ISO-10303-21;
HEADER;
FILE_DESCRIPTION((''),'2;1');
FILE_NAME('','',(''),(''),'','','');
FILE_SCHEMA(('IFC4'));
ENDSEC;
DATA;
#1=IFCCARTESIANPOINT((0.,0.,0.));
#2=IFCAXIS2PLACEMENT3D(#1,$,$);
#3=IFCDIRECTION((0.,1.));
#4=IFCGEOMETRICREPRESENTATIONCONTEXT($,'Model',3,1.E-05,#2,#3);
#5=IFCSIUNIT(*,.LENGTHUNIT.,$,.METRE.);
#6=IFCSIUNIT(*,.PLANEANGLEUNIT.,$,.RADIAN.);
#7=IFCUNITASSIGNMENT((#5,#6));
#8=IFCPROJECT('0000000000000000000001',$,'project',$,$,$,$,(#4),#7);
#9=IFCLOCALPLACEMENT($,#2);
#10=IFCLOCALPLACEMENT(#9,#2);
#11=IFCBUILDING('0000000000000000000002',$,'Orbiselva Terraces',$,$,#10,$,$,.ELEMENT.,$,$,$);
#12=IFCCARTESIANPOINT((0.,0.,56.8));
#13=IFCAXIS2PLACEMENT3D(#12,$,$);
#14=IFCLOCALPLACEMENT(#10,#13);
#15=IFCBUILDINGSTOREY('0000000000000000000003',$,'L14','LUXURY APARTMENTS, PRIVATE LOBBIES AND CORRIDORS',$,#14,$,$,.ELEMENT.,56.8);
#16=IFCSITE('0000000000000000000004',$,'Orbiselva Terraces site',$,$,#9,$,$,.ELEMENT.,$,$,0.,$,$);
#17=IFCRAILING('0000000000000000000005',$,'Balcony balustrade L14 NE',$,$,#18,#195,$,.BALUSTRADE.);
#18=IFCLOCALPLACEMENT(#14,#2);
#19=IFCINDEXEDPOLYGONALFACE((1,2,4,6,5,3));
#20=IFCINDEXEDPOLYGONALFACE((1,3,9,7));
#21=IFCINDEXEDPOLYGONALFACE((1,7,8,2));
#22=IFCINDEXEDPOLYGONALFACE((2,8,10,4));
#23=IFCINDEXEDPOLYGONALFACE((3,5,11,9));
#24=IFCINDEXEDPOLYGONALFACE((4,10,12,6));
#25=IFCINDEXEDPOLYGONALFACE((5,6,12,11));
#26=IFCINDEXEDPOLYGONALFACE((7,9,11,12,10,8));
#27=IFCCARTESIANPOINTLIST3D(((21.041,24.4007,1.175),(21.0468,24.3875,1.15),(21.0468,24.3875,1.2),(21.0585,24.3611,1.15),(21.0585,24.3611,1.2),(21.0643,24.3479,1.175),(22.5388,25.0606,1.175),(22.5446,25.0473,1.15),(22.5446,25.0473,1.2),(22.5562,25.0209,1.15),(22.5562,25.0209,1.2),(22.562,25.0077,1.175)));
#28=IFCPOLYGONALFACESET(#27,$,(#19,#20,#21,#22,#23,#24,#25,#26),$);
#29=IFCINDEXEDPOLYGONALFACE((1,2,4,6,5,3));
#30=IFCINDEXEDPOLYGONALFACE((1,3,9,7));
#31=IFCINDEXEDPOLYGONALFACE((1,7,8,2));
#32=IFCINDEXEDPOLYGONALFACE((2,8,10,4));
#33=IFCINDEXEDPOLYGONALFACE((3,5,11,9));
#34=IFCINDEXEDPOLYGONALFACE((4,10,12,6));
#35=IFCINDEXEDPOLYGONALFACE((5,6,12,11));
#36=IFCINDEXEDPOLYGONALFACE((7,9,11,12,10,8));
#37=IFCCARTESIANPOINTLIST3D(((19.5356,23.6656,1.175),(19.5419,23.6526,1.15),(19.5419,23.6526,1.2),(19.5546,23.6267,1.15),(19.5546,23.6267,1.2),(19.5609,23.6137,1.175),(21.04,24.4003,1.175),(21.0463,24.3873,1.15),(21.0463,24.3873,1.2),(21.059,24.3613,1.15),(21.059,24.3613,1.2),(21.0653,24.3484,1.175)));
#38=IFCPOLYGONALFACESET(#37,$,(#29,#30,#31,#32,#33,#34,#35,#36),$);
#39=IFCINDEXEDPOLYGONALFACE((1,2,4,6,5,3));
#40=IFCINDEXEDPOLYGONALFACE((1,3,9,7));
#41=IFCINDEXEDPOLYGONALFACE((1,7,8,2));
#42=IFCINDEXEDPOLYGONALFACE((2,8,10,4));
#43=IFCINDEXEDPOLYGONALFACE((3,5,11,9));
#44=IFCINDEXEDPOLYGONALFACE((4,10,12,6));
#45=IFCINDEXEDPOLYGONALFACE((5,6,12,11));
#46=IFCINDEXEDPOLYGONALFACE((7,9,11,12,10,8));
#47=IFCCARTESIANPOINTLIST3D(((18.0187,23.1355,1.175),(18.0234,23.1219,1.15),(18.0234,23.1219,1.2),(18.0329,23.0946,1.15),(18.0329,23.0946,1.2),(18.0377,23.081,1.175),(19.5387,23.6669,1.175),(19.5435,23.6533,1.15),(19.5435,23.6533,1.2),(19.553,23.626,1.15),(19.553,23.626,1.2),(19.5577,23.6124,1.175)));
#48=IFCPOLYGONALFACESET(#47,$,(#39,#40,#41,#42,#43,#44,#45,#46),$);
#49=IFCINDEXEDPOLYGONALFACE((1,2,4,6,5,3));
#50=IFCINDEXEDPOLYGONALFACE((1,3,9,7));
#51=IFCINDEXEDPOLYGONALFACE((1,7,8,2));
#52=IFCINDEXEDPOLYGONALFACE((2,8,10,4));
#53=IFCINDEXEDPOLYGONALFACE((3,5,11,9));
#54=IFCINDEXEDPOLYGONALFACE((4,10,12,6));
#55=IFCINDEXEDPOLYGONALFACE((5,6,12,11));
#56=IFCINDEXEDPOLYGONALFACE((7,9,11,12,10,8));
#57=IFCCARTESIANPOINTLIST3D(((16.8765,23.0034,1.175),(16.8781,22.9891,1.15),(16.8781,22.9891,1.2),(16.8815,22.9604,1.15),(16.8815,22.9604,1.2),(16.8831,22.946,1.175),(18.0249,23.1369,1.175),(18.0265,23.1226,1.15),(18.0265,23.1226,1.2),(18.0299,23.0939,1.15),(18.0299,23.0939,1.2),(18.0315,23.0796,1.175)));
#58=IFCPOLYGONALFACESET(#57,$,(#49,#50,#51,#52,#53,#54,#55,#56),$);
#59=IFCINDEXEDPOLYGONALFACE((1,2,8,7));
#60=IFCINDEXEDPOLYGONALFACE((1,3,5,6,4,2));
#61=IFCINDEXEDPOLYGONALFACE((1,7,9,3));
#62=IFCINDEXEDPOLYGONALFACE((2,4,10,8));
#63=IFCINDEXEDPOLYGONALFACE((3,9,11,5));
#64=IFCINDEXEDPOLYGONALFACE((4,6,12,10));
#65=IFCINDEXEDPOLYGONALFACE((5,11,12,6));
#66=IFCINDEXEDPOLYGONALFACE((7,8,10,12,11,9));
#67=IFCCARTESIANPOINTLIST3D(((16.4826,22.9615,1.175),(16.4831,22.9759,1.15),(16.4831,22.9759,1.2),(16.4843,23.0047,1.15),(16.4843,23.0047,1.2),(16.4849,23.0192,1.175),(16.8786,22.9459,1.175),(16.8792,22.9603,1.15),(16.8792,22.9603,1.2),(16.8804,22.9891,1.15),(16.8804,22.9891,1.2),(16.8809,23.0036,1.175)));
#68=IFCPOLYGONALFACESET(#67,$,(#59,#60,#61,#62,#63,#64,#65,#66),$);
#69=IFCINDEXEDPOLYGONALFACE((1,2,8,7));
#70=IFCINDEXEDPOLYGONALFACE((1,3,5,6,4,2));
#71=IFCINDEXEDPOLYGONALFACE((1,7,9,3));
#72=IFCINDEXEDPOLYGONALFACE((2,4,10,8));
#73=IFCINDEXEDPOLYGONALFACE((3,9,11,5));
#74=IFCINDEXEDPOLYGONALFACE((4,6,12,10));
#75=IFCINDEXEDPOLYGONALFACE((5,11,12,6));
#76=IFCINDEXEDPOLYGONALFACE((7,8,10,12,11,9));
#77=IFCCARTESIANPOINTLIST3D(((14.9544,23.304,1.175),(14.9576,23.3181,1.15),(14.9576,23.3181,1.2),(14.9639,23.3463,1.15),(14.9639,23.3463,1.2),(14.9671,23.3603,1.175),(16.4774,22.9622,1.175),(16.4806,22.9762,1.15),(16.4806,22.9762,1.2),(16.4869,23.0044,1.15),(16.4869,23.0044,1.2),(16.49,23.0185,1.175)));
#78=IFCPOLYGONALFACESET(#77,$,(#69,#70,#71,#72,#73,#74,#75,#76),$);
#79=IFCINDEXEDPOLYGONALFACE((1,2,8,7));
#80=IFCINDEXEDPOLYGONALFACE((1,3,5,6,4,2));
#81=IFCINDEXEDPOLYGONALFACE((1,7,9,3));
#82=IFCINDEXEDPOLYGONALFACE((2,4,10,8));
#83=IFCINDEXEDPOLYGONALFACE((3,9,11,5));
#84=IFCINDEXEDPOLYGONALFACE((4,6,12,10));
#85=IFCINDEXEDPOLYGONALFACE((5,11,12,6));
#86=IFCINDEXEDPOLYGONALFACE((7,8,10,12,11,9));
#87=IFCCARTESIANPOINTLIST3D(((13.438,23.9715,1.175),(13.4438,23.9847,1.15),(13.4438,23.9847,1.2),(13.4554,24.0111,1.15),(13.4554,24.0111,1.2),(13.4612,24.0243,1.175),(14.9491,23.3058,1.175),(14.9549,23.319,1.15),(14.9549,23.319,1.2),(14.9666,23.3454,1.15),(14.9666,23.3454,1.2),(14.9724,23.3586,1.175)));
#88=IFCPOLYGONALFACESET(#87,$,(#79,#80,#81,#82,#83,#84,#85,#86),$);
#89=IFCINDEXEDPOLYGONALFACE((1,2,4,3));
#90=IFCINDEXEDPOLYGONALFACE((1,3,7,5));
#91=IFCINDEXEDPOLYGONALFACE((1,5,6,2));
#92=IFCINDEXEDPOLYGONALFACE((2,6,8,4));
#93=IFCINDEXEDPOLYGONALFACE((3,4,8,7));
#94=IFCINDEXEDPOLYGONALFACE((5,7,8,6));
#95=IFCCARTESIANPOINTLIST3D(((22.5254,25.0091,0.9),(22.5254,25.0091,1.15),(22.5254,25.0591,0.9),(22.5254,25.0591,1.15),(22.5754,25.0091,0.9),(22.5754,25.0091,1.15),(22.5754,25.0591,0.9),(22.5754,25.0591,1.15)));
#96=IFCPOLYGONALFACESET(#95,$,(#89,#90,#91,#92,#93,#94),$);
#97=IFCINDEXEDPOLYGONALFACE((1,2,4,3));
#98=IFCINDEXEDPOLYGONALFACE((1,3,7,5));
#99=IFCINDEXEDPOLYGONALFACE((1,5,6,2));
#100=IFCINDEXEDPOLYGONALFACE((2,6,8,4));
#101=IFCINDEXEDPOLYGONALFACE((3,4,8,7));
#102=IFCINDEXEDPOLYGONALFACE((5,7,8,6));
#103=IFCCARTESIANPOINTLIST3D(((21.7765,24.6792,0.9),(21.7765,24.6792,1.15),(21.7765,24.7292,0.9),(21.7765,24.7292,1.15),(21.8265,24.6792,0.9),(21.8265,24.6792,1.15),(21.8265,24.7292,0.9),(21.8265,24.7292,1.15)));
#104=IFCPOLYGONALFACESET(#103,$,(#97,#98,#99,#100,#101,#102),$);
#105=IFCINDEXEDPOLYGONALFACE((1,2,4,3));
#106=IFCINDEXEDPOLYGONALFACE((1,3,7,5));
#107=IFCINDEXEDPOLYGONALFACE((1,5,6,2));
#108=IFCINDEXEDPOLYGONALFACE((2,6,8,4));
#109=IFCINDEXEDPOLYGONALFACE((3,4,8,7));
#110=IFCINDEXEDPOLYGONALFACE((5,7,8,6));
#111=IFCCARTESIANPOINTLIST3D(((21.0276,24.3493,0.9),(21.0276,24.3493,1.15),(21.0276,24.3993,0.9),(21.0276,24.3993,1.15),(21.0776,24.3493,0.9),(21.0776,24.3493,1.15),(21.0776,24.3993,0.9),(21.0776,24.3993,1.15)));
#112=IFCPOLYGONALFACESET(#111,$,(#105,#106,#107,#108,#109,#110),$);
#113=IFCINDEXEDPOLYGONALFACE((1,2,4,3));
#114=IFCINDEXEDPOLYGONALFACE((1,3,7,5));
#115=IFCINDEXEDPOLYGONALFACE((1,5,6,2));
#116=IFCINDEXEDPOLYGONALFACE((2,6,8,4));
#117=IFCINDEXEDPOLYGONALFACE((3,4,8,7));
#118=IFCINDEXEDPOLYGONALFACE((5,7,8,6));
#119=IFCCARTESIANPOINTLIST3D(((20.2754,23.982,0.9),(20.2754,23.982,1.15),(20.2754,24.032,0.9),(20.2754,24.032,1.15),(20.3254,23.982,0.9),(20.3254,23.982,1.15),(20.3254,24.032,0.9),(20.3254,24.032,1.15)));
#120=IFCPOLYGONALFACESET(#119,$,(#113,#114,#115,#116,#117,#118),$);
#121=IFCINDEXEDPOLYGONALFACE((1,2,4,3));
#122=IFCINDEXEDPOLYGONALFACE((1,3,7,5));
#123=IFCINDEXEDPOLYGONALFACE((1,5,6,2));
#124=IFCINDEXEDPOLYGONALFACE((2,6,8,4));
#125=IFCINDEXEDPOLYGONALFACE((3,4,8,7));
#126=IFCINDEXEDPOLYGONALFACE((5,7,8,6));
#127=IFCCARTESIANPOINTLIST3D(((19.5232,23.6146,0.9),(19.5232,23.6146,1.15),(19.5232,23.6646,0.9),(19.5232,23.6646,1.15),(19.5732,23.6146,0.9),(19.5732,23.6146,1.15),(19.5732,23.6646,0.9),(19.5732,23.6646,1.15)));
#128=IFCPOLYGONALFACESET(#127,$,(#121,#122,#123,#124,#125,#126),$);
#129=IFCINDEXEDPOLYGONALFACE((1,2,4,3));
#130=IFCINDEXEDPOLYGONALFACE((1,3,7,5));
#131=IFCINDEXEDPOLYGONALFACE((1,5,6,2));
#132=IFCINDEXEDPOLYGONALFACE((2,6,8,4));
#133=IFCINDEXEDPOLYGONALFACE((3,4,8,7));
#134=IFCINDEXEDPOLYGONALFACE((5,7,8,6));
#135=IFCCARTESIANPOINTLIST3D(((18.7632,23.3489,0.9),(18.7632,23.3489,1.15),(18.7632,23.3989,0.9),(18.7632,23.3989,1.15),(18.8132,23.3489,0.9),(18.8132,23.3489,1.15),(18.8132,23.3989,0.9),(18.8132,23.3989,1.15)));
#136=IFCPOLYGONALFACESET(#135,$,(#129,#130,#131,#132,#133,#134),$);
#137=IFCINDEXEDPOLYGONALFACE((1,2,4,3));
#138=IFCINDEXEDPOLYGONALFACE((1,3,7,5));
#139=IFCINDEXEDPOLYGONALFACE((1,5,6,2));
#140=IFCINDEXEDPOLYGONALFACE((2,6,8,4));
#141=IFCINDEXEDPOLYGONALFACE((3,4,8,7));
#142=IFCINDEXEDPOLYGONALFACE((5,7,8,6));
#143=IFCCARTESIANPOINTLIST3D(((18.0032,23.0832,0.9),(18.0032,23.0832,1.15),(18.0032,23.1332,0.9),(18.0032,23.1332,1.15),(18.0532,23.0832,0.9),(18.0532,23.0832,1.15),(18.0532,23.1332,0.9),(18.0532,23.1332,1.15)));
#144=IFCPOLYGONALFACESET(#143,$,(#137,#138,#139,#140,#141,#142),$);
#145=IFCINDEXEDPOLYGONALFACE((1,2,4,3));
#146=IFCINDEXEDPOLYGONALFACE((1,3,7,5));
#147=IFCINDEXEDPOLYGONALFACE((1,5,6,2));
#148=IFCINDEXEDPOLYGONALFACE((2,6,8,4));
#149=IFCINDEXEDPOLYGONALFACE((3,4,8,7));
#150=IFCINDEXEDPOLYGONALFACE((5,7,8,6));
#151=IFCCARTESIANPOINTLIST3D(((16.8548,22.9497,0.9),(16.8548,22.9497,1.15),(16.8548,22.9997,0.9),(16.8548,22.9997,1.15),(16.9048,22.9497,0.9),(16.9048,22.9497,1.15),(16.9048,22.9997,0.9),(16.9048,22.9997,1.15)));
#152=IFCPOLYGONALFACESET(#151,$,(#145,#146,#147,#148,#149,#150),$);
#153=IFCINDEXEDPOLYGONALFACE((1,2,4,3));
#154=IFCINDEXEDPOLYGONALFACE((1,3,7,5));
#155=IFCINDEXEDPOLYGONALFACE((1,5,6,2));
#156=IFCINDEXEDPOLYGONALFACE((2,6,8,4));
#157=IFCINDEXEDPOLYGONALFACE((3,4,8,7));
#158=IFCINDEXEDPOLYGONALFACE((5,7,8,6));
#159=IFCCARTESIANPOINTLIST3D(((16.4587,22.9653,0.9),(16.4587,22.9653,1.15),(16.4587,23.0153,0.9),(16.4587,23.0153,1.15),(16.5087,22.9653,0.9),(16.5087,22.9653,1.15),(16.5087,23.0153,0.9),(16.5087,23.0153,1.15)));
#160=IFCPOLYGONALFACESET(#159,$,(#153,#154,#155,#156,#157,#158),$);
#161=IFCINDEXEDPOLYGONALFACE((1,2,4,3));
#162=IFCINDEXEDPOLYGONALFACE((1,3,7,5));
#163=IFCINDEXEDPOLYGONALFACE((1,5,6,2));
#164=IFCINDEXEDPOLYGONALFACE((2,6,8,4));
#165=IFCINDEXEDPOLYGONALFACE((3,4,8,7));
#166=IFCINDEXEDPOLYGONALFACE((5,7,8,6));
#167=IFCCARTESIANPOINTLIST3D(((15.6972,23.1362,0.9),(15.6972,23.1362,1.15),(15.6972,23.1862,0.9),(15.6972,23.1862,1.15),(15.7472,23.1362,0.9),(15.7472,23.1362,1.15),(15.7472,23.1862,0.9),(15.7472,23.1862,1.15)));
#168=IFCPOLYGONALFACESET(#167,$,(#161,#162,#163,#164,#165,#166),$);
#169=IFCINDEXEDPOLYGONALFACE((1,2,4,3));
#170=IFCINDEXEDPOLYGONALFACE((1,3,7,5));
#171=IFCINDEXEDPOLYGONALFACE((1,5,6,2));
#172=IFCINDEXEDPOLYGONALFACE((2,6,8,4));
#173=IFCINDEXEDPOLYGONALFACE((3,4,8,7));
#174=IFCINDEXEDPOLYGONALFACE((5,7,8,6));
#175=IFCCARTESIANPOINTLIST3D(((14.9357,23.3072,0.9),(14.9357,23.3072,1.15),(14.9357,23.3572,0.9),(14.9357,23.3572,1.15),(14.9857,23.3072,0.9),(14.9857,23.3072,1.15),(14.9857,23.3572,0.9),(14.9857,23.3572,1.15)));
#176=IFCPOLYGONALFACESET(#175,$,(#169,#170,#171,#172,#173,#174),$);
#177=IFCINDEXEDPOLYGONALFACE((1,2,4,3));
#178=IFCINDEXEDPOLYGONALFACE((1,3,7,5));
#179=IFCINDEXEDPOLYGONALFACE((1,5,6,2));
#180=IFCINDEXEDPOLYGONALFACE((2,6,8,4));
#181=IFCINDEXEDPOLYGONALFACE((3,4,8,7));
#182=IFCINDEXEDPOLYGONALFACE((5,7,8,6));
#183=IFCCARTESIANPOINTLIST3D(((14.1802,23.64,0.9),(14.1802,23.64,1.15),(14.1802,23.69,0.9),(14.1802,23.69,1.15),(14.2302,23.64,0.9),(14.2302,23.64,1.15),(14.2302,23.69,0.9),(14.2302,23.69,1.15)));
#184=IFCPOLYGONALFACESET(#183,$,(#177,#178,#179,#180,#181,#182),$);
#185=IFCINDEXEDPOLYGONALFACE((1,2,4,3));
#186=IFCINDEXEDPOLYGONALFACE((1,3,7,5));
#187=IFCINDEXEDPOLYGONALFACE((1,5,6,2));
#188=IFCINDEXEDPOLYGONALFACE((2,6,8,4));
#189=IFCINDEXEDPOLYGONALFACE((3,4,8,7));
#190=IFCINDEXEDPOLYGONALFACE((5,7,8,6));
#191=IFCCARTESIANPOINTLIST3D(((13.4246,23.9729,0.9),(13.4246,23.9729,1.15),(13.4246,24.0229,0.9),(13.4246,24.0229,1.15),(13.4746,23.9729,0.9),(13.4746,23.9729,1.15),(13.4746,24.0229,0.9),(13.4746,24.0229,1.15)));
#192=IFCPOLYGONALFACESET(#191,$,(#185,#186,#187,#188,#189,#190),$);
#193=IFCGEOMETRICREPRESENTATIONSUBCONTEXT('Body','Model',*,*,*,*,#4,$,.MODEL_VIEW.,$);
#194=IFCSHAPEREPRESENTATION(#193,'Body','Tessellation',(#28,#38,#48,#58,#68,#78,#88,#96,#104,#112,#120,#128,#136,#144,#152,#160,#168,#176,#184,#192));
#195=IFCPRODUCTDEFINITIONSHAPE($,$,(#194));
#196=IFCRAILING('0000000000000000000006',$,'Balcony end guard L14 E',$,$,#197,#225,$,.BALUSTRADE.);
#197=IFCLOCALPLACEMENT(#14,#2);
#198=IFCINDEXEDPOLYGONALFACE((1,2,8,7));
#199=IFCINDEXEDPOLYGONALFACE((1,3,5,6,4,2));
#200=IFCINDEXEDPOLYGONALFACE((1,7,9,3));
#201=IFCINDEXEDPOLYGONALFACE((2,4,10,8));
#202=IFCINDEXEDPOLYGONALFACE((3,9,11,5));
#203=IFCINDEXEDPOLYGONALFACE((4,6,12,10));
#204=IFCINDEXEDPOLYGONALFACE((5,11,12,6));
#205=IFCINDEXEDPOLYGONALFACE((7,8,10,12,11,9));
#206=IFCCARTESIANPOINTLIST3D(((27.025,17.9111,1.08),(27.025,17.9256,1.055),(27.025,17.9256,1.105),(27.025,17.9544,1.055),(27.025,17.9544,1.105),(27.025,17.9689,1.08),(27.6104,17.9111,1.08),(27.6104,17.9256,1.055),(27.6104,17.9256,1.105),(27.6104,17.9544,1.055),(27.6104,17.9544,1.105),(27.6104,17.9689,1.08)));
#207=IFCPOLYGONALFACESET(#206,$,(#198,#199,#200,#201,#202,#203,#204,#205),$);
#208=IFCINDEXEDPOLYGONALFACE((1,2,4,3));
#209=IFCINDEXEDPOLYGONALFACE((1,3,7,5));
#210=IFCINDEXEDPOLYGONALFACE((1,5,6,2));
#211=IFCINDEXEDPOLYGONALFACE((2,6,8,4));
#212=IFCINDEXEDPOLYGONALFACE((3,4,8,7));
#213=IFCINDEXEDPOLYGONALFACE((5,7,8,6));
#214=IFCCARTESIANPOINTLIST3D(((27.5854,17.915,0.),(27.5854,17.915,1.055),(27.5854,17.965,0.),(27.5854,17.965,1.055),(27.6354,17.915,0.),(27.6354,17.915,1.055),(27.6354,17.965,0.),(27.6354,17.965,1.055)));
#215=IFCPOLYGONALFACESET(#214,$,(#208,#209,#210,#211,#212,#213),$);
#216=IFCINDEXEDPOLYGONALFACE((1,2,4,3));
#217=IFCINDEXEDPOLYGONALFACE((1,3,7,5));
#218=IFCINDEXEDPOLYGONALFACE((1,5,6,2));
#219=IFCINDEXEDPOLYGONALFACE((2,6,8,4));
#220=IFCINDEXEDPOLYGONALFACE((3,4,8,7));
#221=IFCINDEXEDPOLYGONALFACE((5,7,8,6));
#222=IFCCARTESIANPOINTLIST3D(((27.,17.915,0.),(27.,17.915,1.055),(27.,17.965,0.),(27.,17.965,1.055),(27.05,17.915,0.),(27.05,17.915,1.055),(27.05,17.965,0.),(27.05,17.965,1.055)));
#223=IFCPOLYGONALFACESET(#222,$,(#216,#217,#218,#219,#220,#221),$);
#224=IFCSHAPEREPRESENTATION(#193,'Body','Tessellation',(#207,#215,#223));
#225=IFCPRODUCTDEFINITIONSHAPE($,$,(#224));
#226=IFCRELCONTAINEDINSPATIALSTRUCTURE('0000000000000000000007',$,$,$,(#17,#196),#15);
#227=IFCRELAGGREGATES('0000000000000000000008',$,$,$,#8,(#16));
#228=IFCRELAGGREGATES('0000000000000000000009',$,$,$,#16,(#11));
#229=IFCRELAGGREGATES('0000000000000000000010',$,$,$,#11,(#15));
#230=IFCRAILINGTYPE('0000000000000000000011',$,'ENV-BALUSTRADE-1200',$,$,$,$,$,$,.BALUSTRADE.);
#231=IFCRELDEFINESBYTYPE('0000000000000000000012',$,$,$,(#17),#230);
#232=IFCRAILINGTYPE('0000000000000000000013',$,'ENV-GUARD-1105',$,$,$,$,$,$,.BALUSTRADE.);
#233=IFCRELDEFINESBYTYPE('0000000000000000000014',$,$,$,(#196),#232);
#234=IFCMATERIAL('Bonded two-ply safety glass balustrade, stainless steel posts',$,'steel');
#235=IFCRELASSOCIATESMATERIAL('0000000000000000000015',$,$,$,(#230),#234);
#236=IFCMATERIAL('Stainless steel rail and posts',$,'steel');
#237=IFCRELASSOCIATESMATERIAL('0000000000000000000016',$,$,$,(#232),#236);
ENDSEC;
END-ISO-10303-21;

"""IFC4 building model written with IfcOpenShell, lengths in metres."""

from ifc_helpers import new_model, si_unit, direction, frame, origin, origin_2d, place, context, subcontext, project, spatial, polyline, rectangle, outline, extrude, material, type_object, element, save


model = new_model("IFC4")

# Units and contexts
model_context = context("Model", 3, precision=1e-05, world=origin(), true_north=direction((0.0, 1.0)))
body_context = subcontext(model_context, "Body", "Model", "MODEL_VIEW")
ifc_project = project(units=[si_unit("LENGTHUNIT", "METRE"), si_unit("PLANEANGLEUNIT", "RADIAN")], contexts=[model_context])

# Site, building, storey
site_placement = place(None, origin())
site = spatial("IfcSite", under=ifc_project, at=site_placement, Name="Orbiselva Terraces site", CompositionType="ELEMENT", RefElevation=0.0)
building_placement = place(site_placement, origin())
building = spatial("IfcBuilding", under=site, at=building_placement, Name="Orbiselva Terraces", CompositionType="ELEMENT")
storey_placement = place(building_placement, frame((0.0, 0.0, 56.8)))
storey = spatial("IfcBuildingStorey", under=building, at=storey_placement, Name="L14", Description="LUXURY APARTMENTS, PRIVATE LOBBIES AND CORRIDORS", CompositionType="ELEMENT", Elevation=56.8)

# Railings
ifc_material_1 = material(Name="Bonded two-ply safety glass balustrade, stainless steel posts", Category="steel")
railing_type_1 = type_object("IfcRailingType", Name="ENV-BALUSTRADE-1200", PredefinedType="BALUSTRADE", material=ifc_material_1)
railing_1_placement = place(storey_placement, frame((22.5504, 25.0341, 0.9)))
element("IfcRailing", 1, at=railing_1_placement, inside=storey, type_object=railing_type_1, Name="Balcony balustrade L14 NE", PredefinedType="BALUSTRADE", context=body_context, shape_type="SweptSolid", body=[
    extrude(outline(polyline([(0.0289, 0.0), (0.0144, 0.025), (-0.0144, 0.025), (-0.0289, 0.0), (-0.0144, -0.025), (0.0144, -0.025), (0.0289, 0.0)])), frame((0.0, 0.0, 0.275), z_axis=(-0.915133, -0.403151, 0.0), x_axis=(0.403151, -0.915133, 0.0)), (0.0, 0.0, 1.0), 1.6366),
    extrude(outline(polyline([(0.0289, 0.0), (0.0144, 0.025), (-0.0144, 0.025), (-0.0289, 0.0), (-0.0144, -0.025), (0.0144, -0.025), (0.0289, 0.0)])), frame((-1.4978, -0.6598, 0.275), z_axis=(-0.898579, -0.438812, 0.0), x_axis=(0.438812, -0.898579, 0.0)), (0.0, 0.0, 1.0), 1.6742),
    extrude(outline(polyline([(0.0289, 0.0), (0.0144, 0.025), (-0.0144, 0.025), (-0.0289, 0.0), (-0.0144, -0.025), (0.0144, -0.025), (0.0289, 0.0)])), frame((-3.0022, -1.3945, 0.275), z_axis=(-0.943972, -0.330025, 0.0), x_axis=(0.330025, -0.943972, 0.0)), (0.0, 0.0, 1.0), 1.6103),
    extrude(outline(polyline([(0.0289, 0.0), (0.0144, 0.025), (-0.0144, 0.025), (-0.0289, 0.0), (-0.0144, -0.025), (0.0144, -0.025), (0.0289, 0.0)])), frame((-4.5222, -1.9259, 0.275), z_axis=(-0.99331, -0.115482, 0.0), x_axis=(0.115482, -0.99331, 0.0)), (0.0, 0.0, 1.0), 1.1561),
    extrude(outline(polyline([(0.0289, 0.0), (0.0144, 0.025), (-0.0144, 0.025), (-0.0289, 0.0), (-0.0144, -0.025), (0.0144, -0.025), (0.0289, 0.0)])), frame((-5.6706, -2.0594, 0.275), z_axis=(-0.999225, 0.039369, 0.0), x_axis=(-0.039369, -0.999225, 0.0)), (0.0, 0.0, 1.0), 0.3964),
    extrude(outline(polyline([(0.0289, 0.0), (0.0144, 0.025), (-0.0144, 0.025), (-0.0289, 0.0), (-0.0144, -0.025), (0.0144, -0.025), (0.0289, 0.0)])), frame((-6.0667, -2.0438, 0.275), z_axis=(-0.975721, 0.219016, 0.0), x_axis=(-0.219016, -0.975721, 0.0)), (0.0, 0.0, 1.0), 1.5609),
    extrude(outline(polyline([(0.0289, 0.0), (0.0144, 0.025), (-0.0144, 0.025), (-0.0289, 0.0), (-0.0144, -0.025), (0.0144, -0.025), (0.0289, 0.0)])), frame((-7.5896, -1.702, 0.275), z_axis=(-0.915134, 0.403151, 0.0), x_axis=(-0.403151, -0.915134, 0.0)), (0.0, 0.0, 1.0), 1.6513),
    extrude(rectangle(XDim=0.05, YDim=0.05, at=origin_2d()), origin(), (0.0, 0.0, 1.0), 0.25),
    extrude(rectangle(XDim=0.05, YDim=0.05, at=origin_2d()), frame((-0.7489, -0.3299, 0.0)), (0.0, 0.0, 1.0), 0.25),
    extrude(rectangle(XDim=0.05, YDim=0.05, at=origin_2d()), frame((-1.4978, -0.6598, 0.0)), (0.0, 0.0, 1.0), 0.25),
    extrude(rectangle(XDim=0.05, YDim=0.05, at=origin_2d()), frame((-2.25, -1.0272, 0.0)), (0.0, 0.0, 1.0), 0.25),
    extrude(rectangle(XDim=0.05, YDim=0.05, at=origin_2d()), frame((-3.0022, -1.3945, 0.0)), (0.0, 0.0, 1.0), 0.25),
    extrude(rectangle(XDim=0.05, YDim=0.05, at=origin_2d()), frame((-3.7622, -1.6602, 0.0)), (0.0, 0.0, 1.0), 0.25),
    extrude(rectangle(XDim=0.05, YDim=0.05, at=origin_2d()), frame((-4.5222, -1.9259, 0.0)), (0.0, 0.0, 1.0), 0.25),
    extrude(rectangle(XDim=0.05, YDim=0.05, at=origin_2d()), frame((-5.6706, -2.0594, 0.0)), (0.0, 0.0, 1.0), 0.25),
    extrude(rectangle(XDim=0.05, YDim=0.05, at=origin_2d()), frame((-6.0667, -2.0438, 0.0)), (0.0, 0.0, 1.0), 0.25),
    extrude(rectangle(XDim=0.05, YDim=0.05, at=origin_2d()), frame((-6.8282, -1.8729, 0.0)), (0.0, 0.0, 1.0), 0.25),
    extrude(rectangle(XDim=0.05, YDim=0.05, at=origin_2d()), frame((-7.5896, -1.702, 0.0)), (0.0, 0.0, 1.0), 0.25),
    extrude(rectangle(XDim=0.05, YDim=0.05, at=origin_2d()), frame((-8.3452, -1.3691, 0.0)), (0.0, 0.0, 1.0), 0.25),
    extrude(rectangle(XDim=0.05, YDim=0.05, at=origin_2d()), frame((-9.1008, -1.0362, 0.0)), (0.0, 0.0, 1.0), 0.25),
])
ifc_material_2 = material(Name="Stainless steel rail and posts", Category="steel")
railing_type_2 = type_object("IfcRailingType", Name="ENV-GUARD-1105", PredefinedType="BALUSTRADE", material=ifc_material_2)
railing_2_placement = place(storey_placement, frame((27.6104, 17.94, 0.0)))
element("IfcRailing", 2, at=railing_2_placement, inside=storey, type_object=railing_type_2, Name="Balcony end guard L14 E", PredefinedType="BALUSTRADE", context=body_context, shape_type="SweptSolid", body=[
    extrude(outline(polyline([(0.0289, 0.0), (0.0144, 0.025), (-0.0144, 0.025), (-0.0289, 0.0), (-0.0144, -0.025), (0.0144, -0.025), (0.0289, 0.0)])), frame((0.0, 0.0, 1.08), z_axis=(-1.0, 0.0, 0.0), x_axis=(0.0, -1.0, 0.0)), (0.0, 0.0, 1.0), 0.5854),
    extrude(rectangle(XDim=0.05, YDim=0.05, at=origin_2d()), origin(), (0.0, 0.0, 1.0), 1.055),
    extrude(rectangle(XDim=0.05, YDim=0.05, at=origin_2d()), frame((-0.5854, 0.0, 0.0)), (0.0, 0.0, 1.0), 1.055),
])

save(model, "model.ifc")
